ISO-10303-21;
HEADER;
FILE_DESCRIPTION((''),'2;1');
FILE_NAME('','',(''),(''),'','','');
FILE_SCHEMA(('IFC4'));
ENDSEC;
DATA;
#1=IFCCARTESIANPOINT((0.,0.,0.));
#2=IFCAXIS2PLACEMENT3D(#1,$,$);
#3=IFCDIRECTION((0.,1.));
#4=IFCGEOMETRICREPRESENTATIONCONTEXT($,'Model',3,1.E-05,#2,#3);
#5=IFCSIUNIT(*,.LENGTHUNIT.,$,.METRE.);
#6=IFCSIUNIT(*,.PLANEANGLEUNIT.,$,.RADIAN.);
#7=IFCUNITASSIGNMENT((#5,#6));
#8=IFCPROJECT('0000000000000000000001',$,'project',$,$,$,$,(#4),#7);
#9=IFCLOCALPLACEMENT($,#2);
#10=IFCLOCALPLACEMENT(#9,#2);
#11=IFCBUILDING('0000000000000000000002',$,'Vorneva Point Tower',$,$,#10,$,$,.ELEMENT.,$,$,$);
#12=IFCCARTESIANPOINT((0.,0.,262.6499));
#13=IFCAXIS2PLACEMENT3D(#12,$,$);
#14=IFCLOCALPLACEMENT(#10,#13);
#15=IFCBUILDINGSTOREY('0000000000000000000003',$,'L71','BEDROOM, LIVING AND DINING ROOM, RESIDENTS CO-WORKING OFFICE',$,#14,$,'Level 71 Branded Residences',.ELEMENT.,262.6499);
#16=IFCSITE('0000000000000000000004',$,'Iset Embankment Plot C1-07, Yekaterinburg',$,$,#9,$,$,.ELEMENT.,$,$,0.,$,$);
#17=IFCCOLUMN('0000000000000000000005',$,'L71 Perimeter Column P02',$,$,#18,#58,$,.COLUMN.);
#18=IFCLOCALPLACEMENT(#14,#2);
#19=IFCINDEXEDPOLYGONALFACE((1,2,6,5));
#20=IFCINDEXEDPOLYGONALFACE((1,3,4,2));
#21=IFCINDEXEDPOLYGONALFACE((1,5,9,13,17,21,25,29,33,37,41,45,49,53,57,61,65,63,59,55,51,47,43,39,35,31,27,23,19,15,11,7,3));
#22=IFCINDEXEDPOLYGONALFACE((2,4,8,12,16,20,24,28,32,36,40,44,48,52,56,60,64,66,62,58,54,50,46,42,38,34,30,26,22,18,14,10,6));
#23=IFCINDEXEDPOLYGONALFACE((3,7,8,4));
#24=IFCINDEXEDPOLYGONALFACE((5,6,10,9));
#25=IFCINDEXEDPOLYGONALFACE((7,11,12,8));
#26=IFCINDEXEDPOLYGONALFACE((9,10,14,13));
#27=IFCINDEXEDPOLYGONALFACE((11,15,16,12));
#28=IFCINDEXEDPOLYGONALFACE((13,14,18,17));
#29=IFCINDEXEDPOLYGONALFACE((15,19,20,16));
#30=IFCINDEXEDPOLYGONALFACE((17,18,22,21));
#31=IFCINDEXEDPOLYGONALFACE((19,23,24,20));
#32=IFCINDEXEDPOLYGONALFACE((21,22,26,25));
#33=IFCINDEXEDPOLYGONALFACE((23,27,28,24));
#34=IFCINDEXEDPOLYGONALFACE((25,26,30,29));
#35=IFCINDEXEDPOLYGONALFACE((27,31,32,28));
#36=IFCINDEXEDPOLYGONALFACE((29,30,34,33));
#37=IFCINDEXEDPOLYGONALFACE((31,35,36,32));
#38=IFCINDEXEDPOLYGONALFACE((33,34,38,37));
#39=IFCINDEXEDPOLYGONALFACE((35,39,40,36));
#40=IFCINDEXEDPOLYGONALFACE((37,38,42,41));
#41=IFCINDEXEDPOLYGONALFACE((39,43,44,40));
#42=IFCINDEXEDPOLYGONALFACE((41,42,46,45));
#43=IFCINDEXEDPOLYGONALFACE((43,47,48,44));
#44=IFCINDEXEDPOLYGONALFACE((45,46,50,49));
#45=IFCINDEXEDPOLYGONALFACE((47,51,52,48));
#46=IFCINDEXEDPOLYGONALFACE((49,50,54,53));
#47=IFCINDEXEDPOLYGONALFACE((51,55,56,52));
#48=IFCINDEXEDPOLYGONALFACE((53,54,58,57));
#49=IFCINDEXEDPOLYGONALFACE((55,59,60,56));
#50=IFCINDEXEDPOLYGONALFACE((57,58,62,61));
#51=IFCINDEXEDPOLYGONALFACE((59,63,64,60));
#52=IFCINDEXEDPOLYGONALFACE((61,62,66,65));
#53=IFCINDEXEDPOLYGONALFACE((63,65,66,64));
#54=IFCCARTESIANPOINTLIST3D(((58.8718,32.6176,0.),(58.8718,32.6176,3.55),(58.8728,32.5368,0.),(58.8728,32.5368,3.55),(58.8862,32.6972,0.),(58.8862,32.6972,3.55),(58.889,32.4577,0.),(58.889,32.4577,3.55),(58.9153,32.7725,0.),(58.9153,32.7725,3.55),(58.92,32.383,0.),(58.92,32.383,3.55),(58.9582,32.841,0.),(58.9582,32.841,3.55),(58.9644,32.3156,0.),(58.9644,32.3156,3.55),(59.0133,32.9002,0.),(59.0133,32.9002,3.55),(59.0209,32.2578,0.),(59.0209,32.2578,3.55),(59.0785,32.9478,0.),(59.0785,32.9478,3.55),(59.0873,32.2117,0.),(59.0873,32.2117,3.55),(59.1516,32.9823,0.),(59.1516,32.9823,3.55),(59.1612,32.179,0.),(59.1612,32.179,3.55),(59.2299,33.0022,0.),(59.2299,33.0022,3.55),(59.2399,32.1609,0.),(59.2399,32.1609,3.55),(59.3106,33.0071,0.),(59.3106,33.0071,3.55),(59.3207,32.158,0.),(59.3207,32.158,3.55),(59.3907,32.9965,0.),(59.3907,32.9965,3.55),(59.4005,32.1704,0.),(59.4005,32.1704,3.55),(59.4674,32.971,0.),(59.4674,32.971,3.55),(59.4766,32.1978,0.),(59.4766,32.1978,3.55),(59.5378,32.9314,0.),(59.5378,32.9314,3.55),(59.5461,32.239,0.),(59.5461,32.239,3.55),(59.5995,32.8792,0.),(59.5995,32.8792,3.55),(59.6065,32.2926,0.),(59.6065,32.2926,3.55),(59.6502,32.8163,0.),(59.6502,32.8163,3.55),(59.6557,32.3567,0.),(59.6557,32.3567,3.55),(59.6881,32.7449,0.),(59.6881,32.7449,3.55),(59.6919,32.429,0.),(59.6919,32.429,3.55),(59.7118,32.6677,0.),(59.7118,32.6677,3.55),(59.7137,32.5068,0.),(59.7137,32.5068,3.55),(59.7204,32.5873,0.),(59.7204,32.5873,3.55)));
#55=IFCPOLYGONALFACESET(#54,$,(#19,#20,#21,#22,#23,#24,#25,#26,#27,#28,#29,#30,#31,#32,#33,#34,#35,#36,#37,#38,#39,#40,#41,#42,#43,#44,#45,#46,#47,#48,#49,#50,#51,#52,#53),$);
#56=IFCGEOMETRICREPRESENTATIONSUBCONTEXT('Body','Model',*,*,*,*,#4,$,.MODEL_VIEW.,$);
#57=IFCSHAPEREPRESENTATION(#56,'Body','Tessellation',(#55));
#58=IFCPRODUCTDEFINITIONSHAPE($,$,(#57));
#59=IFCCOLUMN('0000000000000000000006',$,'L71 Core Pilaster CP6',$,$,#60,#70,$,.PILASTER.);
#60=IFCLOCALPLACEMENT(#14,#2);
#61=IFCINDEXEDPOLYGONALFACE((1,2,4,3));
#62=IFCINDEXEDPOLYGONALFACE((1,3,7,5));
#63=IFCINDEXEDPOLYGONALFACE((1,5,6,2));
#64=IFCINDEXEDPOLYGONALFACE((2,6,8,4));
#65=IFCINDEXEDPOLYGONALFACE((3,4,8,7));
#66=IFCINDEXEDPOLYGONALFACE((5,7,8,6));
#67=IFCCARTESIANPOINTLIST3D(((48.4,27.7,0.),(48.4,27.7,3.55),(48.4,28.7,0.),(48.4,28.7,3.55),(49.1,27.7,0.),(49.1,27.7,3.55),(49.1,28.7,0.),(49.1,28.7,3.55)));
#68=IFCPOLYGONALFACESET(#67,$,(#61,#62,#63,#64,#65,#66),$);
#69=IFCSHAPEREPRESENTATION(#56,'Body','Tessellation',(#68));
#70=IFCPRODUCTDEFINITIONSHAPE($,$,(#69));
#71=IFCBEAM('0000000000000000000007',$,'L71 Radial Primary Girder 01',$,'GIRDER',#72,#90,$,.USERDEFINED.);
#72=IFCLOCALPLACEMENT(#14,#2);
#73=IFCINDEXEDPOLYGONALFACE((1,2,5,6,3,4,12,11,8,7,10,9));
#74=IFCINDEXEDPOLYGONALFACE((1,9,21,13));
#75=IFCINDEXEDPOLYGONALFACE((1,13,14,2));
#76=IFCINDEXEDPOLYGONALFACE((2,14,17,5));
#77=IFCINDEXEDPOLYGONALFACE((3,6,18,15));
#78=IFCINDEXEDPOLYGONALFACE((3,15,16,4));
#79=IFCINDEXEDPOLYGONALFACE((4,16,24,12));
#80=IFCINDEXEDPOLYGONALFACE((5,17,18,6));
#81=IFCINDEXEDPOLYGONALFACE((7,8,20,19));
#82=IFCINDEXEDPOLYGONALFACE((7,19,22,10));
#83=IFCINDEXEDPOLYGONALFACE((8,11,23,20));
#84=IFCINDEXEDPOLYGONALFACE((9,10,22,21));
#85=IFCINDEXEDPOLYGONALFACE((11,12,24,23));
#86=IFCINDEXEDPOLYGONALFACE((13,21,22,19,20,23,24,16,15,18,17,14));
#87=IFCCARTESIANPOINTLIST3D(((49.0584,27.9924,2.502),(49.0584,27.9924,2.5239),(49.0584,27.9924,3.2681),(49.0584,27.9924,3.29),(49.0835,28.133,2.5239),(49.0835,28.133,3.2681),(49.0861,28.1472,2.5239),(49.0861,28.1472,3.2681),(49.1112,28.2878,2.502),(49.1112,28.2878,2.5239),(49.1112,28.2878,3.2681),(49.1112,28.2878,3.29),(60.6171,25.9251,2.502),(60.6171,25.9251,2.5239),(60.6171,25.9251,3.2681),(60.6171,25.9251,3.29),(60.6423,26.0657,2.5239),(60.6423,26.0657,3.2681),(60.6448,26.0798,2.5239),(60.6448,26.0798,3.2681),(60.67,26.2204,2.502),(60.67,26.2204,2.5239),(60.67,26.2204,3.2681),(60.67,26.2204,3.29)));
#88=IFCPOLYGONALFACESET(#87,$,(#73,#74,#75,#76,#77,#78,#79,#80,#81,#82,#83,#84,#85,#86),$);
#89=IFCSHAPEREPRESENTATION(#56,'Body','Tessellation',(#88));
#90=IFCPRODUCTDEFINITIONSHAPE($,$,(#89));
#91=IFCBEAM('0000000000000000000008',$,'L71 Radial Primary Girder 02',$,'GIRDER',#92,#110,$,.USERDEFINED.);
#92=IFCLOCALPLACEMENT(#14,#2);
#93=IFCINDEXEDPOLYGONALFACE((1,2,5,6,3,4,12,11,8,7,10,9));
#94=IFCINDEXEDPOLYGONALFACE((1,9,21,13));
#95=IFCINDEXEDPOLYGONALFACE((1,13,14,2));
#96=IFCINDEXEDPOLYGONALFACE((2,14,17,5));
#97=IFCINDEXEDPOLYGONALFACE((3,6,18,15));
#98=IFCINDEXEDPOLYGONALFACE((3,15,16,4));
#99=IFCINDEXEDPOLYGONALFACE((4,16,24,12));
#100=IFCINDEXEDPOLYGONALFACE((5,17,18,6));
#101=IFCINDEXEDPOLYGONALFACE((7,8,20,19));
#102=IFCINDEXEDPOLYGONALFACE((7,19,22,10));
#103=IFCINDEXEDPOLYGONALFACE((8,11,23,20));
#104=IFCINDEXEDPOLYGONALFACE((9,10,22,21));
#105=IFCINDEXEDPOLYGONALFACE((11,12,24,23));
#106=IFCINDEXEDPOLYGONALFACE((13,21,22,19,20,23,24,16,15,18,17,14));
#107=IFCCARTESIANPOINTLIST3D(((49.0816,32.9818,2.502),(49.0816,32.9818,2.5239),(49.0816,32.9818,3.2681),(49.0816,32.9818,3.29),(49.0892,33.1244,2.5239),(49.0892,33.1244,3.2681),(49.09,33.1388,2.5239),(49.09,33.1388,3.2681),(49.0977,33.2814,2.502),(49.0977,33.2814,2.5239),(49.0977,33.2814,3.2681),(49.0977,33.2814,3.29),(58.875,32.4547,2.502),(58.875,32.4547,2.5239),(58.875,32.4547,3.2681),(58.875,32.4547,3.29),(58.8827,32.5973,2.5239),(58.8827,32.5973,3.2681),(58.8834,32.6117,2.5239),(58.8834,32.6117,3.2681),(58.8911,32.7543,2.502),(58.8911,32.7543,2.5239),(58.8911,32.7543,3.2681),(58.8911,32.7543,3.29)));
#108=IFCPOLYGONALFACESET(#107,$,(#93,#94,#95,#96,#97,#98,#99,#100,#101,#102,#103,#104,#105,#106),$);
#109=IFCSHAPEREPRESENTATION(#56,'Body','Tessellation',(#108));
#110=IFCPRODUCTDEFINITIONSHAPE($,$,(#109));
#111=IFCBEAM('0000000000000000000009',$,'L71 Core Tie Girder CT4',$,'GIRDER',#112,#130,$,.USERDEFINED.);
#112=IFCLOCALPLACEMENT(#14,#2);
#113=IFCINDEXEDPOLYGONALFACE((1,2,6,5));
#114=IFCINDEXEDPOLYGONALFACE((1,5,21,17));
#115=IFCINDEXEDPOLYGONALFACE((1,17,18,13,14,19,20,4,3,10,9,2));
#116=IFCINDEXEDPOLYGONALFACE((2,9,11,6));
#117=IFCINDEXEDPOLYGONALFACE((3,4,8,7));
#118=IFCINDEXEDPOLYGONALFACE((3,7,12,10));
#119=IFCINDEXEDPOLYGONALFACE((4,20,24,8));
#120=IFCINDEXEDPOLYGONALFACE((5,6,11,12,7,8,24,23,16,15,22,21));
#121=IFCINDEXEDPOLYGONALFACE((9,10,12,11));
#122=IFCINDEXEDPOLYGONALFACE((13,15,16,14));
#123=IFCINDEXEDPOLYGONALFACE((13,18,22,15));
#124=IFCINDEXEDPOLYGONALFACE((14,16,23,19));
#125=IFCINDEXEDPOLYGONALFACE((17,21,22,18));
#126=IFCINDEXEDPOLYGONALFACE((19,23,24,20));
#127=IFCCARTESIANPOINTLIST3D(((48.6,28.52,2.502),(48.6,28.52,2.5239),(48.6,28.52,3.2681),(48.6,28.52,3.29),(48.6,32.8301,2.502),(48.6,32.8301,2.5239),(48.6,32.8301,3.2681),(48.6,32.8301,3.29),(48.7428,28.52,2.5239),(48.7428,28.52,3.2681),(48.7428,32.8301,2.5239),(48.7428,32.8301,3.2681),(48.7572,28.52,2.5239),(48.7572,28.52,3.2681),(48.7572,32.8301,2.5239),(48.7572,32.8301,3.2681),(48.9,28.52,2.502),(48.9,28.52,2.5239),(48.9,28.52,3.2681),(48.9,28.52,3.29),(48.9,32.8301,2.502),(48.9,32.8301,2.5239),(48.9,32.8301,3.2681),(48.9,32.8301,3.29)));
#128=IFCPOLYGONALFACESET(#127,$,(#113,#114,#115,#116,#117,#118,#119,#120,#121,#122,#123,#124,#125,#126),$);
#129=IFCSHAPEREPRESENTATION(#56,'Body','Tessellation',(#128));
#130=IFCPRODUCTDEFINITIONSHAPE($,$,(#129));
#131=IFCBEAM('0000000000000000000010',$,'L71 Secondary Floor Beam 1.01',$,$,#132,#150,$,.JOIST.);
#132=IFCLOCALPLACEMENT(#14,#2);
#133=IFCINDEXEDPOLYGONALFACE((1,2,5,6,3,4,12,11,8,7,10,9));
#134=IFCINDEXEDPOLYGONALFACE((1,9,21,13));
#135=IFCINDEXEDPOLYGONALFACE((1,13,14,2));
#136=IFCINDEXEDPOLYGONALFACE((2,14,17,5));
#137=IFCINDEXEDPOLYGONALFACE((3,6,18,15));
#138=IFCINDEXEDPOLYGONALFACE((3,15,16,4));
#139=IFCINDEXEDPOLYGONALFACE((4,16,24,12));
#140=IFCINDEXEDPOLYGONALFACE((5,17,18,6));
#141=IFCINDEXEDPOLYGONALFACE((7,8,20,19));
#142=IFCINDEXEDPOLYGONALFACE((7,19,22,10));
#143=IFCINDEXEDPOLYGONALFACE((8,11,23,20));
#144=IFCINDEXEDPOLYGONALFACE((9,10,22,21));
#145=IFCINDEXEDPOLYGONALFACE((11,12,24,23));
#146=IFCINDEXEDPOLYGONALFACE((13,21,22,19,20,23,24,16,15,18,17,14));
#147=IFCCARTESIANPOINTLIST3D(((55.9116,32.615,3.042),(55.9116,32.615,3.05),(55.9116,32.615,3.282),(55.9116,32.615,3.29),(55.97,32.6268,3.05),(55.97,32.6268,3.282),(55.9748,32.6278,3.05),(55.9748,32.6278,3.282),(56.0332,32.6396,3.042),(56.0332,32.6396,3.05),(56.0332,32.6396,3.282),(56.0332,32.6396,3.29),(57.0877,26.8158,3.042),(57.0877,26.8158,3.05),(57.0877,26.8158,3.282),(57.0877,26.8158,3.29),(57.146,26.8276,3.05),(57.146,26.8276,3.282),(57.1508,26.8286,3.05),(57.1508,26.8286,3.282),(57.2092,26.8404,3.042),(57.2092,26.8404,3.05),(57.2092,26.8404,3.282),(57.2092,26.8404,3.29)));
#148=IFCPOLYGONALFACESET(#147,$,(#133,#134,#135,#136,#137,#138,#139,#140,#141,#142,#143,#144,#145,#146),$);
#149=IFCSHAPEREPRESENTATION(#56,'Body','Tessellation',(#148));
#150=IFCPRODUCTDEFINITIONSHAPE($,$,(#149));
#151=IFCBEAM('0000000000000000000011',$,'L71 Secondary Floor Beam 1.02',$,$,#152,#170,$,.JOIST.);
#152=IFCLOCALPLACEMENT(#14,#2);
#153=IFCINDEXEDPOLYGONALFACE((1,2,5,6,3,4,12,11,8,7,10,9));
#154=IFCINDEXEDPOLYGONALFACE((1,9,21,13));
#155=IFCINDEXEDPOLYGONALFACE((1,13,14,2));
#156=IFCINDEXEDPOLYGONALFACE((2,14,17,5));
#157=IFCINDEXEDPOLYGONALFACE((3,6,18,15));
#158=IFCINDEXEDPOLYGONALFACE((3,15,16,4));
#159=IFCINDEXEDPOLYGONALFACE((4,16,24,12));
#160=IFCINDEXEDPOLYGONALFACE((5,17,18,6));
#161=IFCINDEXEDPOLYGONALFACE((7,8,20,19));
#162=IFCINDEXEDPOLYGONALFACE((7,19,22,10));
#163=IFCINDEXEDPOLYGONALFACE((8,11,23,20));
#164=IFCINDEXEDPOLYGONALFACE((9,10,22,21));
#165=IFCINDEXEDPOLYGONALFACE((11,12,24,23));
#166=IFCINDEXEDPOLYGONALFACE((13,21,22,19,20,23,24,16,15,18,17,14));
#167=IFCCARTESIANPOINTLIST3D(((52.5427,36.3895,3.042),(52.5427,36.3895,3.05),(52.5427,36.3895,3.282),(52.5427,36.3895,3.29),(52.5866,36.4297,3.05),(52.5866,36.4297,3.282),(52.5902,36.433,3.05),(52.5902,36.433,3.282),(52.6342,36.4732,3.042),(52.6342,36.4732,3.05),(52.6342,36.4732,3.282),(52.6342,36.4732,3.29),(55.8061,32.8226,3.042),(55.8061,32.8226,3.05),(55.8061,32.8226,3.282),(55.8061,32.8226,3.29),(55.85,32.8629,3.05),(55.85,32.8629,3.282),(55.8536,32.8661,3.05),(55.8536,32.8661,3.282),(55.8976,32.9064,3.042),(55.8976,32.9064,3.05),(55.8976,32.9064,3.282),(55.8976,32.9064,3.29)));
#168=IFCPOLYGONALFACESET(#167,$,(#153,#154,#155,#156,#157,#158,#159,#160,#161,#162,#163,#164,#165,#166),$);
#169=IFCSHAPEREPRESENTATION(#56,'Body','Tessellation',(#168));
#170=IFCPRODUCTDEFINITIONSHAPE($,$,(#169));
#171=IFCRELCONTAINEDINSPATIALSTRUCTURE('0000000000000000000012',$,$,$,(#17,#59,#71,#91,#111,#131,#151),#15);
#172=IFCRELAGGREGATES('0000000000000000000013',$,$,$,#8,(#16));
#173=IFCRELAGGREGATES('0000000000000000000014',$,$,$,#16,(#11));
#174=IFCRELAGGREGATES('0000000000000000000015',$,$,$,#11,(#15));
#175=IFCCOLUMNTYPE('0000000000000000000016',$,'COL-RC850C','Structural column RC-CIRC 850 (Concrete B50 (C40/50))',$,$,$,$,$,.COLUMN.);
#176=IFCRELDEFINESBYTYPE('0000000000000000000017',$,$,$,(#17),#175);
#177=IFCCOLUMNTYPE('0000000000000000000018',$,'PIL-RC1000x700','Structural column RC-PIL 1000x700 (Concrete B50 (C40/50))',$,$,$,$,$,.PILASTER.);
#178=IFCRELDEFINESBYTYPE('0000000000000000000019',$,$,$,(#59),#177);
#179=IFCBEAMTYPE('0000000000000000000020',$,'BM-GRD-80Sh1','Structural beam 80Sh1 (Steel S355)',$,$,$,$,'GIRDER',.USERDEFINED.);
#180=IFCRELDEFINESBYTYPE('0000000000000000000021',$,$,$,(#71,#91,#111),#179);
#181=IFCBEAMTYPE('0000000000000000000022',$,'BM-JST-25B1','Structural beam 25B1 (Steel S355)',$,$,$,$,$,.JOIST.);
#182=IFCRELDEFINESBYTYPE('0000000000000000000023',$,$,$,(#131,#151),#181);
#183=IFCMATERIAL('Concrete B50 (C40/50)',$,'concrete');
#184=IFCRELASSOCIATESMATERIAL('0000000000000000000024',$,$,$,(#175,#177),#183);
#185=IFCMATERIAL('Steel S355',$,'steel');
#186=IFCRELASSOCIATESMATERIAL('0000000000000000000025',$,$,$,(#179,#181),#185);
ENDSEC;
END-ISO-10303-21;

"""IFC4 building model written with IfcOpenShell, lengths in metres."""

from ifc_helpers import new_model, si_unit, direction, frame, origin, origin_2d, place, context, subcontext, project, spatial, rectangle, circle, i_section, extrude, material, material_profile, profile_set, type_object, element, save


model = new_model("IFC4")

# Units and contexts
model_context = context("Model", 3, precision=1e-05, world=origin(), true_north=direction((0.0, 1.0)))
body_context = subcontext(model_context, "Body", "Model", "MODEL_VIEW")
ifc_project = project(units=[si_unit("LENGTHUNIT", "METRE"), si_unit("PLANEANGLEUNIT", "RADIAN")], contexts=[model_context])

# Site, building, storey
site_placement = place(None, origin())
site = spatial("IfcSite", under=ifc_project, at=site_placement, Name="Iset Embankment Plot C1-07, Yekaterinburg", CompositionType="ELEMENT", RefElevation=0.0)
building_placement = place(site_placement, origin())
building = spatial("IfcBuilding", under=site, at=building_placement, Name="Vorneva Point Tower", CompositionType="ELEMENT")
storey_placement = place(building_placement, frame((0.0, 0.0, 262.6499)))
storey = spatial("IfcBuildingStorey", under=building, at=storey_placement, Name="L71", Description="BEDROOM, LIVING AND DINING ROOM, RESIDENTS CO-WORKING OFFICE", LongName="Level 71 Branded Residences", CompositionType="ELEMENT", Elevation=262.6499)

# Columns
ifc_material_1 = material(Name="Concrete B50 (C40/50)", Category="concrete")
ifc_material_profile_1 = material_profile(ifc_material_1, circle(Radius=0.425, at=origin_2d()), Name="RC-CIRC 850")
ifc_profile_set_1 = profile_set([ifc_material_profile_1], Name="Concrete B50 (C40/50)")
column_type_1 = type_object("IfcColumnType", Name="COL-RC850C", Description="Structural column RC-CIRC 850 (Concrete B50 (C40/50))", PredefinedType="COLUMN", material=ifc_profile_set_1)
column_1_placement = place(storey_placement, frame((59.2954, 32.5823, 0.0), z_axis=(0.0, 0.0, 1.0), x_axis=(0.92388, 0.382683, 0.0)))
element("IfcColumn", 1, at=column_1_placement, inside=storey, type_object=column_type_1, Name="L71 Perimeter Column P02", PredefinedType="COLUMN", context=body_context, shape_type="SweptSolid", body=[
    extrude(circle(Radius=0.425, at=origin_2d()), origin(), (0.0, 0.0, 1.0), 3.55),
])
ifc_material_profile_2 = material_profile(ifc_material_1, rectangle(XDim=0.7, YDim=1.0, at=origin_2d()), Name="RC-PIL 1000x700")
ifc_profile_set_2 = profile_set([ifc_material_profile_2], Name="Concrete B50 (C40/50)")
column_type_2 = type_object("IfcColumnType", Name="PIL-RC1000x700", Description="Structural column RC-PIL 1000x700 (Concrete B50 (C40/50))", PredefinedType="PILASTER", material=ifc_profile_set_2)
column_2_placement = place(storey_placement, frame((48.75, 28.2, 0.0), z_axis=(0.0, 0.0, 1.0), x_axis=(1.0, 0.0, 0.0)))
element("IfcColumn", 2, at=column_2_placement, inside=storey, type_object=column_type_2, Name="L71 Core Pilaster CP6", PredefinedType="PILASTER", context=body_context, shape_type="SweptSolid", body=[
    extrude(rectangle(XDim=0.7, YDim=1.0, at=origin_2d()), origin(), (0.0, 0.0, 1.0), 3.55),
])

# Beams
ifc_material_2 = material(Name="Steel S355", Category="steel")
ifc_material_profile_3 = material_profile(ifc_material_2, i_section(OverallWidth=0.3, OverallDepth=0.7881, WebThickness=0.0144, FlangeThickness=0.022, at=origin_2d()), Name="80Sh1")
ifc_profile_set_3 = profile_set([ifc_material_profile_3], Name="Steel S355")
beam_type_1 = type_object("IfcBeamType", Name="BM-GRD-80Sh1", Description="Structural beam 80Sh1 (Steel S355)", ElementType="GIRDER", PredefinedType="USERDEFINED", material=ifc_profile_set_3)
beam_1_placement = place(storey_placement, frame((60.6436, 26.0728, 2.896), z_axis=(-0.984379, 0.176063, 0.0), x_axis=(-0.176063, -0.984379, 0.0)))
element("IfcBeam", 3, at=beam_1_placement, inside=storey, type_object=beam_type_1, Name="L71 Radial Primary Girder 01", ObjectType="GIRDER", PredefinedType="USERDEFINED", context=body_context, shape_type="SweptSolid", body=[
    extrude(i_section(OverallWidth=0.3, OverallDepth=0.7881, WebThickness=0.0144, FlangeThickness=0.022, at=origin_2d()), origin(), (0.0, 0.0, 1.0), 11.7422),
])
beam_2_placement = place(storey_placement, frame((58.8831, 32.6045, 2.896), z_axis=(-0.998555, 0.053744, 0.0), x_axis=(-0.053744, -0.998555, 0.0)))
element("IfcBeam", 4, at=beam_2_placement, inside=storey, type_object=beam_type_1, Name="L71 Radial Primary Girder 02", ObjectType="GIRDER", PredefinedType="USERDEFINED", context=body_context, shape_type="SweptSolid", body=[
    extrude(i_section(OverallWidth=0.3, OverallDepth=0.7881, WebThickness=0.0144, FlangeThickness=0.022, at=origin_2d()), origin(), (0.0, 0.0, 1.0), 9.8076),
])
beam_3_placement = place(storey_placement, frame((48.75, 28.52, 2.896), z_axis=(0.0, 1.0, 0.0), x_axis=(-1.0, 0.0, 0.0)))
element("IfcBeam", 5, at=beam_3_placement, inside=storey, type_object=beam_type_1, Name="L71 Core Tie Girder CT4", ObjectType="GIRDER", PredefinedType="USERDEFINED", context=body_context, shape_type="SweptSolid", body=[
    extrude(i_section(OverallWidth=0.3, OverallDepth=0.7881, WebThickness=0.0144, FlangeThickness=0.022, at=origin_2d()), origin(), (0.0, 0.0, 1.0), 4.3101),
])
ifc_material_profile_4 = material_profile(ifc_material_2, i_section(OverallWidth=0.124, OverallDepth=0.248, WebThickness=0.0049, FlangeThickness=0.0081, at=origin_2d()), Name="25B1")
ifc_profile_set_4 = profile_set([ifc_material_profile_4], Name="Steel S355")
beam_type_2 = type_object("IfcBeamType", Name="BM-JST-25B1", Description="Structural beam 25B1 (Steel S355)", PredefinedType="JOIST", material=ifc_profile_set_4)
beam_4_placement = place(storey_placement, frame((57.1484, 26.8281, 3.166), z_axis=(-0.19875, 0.98005, 0.0), x_axis=(-0.98005, -0.19875, 0.0)))
element("IfcBeam", 6, at=beam_4_placement, inside=storey, type_object=beam_type_2, Name="L71 Secondary Floor Beam 1.01", PredefinedType="JOIST", context=body_context, shape_type="SweptSolid", body=[
    extrude(i_section(OverallWidth=0.124, OverallDepth=0.248, WebThickness=0.0049, FlangeThickness=0.0081, at=origin_2d()), origin(), (0.0, 0.0, 1.0), 5.9172),
])
beam_5_placement = place(storey_placement, frame((55.8518, 32.8645, 3.166), z_axis=(-0.675025, 0.737795, 0.0), x_axis=(-0.737795, -0.675025, 0.0)))
element("IfcBeam", 7, at=beam_5_placement, inside=storey, type_object=beam_type_2, Name="L71 Secondary Floor Beam 1.02", PredefinedType="JOIST", context=body_context, shape_type="SweptSolid", body=[
    extrude(i_section(OverallWidth=0.124, OverallDepth=0.248, WebThickness=0.0049, FlangeThickness=0.0081, at=origin_2d()), origin(), (0.0, 0.0, 1.0), 4.8345),
])

save(model, "model.ifc")
